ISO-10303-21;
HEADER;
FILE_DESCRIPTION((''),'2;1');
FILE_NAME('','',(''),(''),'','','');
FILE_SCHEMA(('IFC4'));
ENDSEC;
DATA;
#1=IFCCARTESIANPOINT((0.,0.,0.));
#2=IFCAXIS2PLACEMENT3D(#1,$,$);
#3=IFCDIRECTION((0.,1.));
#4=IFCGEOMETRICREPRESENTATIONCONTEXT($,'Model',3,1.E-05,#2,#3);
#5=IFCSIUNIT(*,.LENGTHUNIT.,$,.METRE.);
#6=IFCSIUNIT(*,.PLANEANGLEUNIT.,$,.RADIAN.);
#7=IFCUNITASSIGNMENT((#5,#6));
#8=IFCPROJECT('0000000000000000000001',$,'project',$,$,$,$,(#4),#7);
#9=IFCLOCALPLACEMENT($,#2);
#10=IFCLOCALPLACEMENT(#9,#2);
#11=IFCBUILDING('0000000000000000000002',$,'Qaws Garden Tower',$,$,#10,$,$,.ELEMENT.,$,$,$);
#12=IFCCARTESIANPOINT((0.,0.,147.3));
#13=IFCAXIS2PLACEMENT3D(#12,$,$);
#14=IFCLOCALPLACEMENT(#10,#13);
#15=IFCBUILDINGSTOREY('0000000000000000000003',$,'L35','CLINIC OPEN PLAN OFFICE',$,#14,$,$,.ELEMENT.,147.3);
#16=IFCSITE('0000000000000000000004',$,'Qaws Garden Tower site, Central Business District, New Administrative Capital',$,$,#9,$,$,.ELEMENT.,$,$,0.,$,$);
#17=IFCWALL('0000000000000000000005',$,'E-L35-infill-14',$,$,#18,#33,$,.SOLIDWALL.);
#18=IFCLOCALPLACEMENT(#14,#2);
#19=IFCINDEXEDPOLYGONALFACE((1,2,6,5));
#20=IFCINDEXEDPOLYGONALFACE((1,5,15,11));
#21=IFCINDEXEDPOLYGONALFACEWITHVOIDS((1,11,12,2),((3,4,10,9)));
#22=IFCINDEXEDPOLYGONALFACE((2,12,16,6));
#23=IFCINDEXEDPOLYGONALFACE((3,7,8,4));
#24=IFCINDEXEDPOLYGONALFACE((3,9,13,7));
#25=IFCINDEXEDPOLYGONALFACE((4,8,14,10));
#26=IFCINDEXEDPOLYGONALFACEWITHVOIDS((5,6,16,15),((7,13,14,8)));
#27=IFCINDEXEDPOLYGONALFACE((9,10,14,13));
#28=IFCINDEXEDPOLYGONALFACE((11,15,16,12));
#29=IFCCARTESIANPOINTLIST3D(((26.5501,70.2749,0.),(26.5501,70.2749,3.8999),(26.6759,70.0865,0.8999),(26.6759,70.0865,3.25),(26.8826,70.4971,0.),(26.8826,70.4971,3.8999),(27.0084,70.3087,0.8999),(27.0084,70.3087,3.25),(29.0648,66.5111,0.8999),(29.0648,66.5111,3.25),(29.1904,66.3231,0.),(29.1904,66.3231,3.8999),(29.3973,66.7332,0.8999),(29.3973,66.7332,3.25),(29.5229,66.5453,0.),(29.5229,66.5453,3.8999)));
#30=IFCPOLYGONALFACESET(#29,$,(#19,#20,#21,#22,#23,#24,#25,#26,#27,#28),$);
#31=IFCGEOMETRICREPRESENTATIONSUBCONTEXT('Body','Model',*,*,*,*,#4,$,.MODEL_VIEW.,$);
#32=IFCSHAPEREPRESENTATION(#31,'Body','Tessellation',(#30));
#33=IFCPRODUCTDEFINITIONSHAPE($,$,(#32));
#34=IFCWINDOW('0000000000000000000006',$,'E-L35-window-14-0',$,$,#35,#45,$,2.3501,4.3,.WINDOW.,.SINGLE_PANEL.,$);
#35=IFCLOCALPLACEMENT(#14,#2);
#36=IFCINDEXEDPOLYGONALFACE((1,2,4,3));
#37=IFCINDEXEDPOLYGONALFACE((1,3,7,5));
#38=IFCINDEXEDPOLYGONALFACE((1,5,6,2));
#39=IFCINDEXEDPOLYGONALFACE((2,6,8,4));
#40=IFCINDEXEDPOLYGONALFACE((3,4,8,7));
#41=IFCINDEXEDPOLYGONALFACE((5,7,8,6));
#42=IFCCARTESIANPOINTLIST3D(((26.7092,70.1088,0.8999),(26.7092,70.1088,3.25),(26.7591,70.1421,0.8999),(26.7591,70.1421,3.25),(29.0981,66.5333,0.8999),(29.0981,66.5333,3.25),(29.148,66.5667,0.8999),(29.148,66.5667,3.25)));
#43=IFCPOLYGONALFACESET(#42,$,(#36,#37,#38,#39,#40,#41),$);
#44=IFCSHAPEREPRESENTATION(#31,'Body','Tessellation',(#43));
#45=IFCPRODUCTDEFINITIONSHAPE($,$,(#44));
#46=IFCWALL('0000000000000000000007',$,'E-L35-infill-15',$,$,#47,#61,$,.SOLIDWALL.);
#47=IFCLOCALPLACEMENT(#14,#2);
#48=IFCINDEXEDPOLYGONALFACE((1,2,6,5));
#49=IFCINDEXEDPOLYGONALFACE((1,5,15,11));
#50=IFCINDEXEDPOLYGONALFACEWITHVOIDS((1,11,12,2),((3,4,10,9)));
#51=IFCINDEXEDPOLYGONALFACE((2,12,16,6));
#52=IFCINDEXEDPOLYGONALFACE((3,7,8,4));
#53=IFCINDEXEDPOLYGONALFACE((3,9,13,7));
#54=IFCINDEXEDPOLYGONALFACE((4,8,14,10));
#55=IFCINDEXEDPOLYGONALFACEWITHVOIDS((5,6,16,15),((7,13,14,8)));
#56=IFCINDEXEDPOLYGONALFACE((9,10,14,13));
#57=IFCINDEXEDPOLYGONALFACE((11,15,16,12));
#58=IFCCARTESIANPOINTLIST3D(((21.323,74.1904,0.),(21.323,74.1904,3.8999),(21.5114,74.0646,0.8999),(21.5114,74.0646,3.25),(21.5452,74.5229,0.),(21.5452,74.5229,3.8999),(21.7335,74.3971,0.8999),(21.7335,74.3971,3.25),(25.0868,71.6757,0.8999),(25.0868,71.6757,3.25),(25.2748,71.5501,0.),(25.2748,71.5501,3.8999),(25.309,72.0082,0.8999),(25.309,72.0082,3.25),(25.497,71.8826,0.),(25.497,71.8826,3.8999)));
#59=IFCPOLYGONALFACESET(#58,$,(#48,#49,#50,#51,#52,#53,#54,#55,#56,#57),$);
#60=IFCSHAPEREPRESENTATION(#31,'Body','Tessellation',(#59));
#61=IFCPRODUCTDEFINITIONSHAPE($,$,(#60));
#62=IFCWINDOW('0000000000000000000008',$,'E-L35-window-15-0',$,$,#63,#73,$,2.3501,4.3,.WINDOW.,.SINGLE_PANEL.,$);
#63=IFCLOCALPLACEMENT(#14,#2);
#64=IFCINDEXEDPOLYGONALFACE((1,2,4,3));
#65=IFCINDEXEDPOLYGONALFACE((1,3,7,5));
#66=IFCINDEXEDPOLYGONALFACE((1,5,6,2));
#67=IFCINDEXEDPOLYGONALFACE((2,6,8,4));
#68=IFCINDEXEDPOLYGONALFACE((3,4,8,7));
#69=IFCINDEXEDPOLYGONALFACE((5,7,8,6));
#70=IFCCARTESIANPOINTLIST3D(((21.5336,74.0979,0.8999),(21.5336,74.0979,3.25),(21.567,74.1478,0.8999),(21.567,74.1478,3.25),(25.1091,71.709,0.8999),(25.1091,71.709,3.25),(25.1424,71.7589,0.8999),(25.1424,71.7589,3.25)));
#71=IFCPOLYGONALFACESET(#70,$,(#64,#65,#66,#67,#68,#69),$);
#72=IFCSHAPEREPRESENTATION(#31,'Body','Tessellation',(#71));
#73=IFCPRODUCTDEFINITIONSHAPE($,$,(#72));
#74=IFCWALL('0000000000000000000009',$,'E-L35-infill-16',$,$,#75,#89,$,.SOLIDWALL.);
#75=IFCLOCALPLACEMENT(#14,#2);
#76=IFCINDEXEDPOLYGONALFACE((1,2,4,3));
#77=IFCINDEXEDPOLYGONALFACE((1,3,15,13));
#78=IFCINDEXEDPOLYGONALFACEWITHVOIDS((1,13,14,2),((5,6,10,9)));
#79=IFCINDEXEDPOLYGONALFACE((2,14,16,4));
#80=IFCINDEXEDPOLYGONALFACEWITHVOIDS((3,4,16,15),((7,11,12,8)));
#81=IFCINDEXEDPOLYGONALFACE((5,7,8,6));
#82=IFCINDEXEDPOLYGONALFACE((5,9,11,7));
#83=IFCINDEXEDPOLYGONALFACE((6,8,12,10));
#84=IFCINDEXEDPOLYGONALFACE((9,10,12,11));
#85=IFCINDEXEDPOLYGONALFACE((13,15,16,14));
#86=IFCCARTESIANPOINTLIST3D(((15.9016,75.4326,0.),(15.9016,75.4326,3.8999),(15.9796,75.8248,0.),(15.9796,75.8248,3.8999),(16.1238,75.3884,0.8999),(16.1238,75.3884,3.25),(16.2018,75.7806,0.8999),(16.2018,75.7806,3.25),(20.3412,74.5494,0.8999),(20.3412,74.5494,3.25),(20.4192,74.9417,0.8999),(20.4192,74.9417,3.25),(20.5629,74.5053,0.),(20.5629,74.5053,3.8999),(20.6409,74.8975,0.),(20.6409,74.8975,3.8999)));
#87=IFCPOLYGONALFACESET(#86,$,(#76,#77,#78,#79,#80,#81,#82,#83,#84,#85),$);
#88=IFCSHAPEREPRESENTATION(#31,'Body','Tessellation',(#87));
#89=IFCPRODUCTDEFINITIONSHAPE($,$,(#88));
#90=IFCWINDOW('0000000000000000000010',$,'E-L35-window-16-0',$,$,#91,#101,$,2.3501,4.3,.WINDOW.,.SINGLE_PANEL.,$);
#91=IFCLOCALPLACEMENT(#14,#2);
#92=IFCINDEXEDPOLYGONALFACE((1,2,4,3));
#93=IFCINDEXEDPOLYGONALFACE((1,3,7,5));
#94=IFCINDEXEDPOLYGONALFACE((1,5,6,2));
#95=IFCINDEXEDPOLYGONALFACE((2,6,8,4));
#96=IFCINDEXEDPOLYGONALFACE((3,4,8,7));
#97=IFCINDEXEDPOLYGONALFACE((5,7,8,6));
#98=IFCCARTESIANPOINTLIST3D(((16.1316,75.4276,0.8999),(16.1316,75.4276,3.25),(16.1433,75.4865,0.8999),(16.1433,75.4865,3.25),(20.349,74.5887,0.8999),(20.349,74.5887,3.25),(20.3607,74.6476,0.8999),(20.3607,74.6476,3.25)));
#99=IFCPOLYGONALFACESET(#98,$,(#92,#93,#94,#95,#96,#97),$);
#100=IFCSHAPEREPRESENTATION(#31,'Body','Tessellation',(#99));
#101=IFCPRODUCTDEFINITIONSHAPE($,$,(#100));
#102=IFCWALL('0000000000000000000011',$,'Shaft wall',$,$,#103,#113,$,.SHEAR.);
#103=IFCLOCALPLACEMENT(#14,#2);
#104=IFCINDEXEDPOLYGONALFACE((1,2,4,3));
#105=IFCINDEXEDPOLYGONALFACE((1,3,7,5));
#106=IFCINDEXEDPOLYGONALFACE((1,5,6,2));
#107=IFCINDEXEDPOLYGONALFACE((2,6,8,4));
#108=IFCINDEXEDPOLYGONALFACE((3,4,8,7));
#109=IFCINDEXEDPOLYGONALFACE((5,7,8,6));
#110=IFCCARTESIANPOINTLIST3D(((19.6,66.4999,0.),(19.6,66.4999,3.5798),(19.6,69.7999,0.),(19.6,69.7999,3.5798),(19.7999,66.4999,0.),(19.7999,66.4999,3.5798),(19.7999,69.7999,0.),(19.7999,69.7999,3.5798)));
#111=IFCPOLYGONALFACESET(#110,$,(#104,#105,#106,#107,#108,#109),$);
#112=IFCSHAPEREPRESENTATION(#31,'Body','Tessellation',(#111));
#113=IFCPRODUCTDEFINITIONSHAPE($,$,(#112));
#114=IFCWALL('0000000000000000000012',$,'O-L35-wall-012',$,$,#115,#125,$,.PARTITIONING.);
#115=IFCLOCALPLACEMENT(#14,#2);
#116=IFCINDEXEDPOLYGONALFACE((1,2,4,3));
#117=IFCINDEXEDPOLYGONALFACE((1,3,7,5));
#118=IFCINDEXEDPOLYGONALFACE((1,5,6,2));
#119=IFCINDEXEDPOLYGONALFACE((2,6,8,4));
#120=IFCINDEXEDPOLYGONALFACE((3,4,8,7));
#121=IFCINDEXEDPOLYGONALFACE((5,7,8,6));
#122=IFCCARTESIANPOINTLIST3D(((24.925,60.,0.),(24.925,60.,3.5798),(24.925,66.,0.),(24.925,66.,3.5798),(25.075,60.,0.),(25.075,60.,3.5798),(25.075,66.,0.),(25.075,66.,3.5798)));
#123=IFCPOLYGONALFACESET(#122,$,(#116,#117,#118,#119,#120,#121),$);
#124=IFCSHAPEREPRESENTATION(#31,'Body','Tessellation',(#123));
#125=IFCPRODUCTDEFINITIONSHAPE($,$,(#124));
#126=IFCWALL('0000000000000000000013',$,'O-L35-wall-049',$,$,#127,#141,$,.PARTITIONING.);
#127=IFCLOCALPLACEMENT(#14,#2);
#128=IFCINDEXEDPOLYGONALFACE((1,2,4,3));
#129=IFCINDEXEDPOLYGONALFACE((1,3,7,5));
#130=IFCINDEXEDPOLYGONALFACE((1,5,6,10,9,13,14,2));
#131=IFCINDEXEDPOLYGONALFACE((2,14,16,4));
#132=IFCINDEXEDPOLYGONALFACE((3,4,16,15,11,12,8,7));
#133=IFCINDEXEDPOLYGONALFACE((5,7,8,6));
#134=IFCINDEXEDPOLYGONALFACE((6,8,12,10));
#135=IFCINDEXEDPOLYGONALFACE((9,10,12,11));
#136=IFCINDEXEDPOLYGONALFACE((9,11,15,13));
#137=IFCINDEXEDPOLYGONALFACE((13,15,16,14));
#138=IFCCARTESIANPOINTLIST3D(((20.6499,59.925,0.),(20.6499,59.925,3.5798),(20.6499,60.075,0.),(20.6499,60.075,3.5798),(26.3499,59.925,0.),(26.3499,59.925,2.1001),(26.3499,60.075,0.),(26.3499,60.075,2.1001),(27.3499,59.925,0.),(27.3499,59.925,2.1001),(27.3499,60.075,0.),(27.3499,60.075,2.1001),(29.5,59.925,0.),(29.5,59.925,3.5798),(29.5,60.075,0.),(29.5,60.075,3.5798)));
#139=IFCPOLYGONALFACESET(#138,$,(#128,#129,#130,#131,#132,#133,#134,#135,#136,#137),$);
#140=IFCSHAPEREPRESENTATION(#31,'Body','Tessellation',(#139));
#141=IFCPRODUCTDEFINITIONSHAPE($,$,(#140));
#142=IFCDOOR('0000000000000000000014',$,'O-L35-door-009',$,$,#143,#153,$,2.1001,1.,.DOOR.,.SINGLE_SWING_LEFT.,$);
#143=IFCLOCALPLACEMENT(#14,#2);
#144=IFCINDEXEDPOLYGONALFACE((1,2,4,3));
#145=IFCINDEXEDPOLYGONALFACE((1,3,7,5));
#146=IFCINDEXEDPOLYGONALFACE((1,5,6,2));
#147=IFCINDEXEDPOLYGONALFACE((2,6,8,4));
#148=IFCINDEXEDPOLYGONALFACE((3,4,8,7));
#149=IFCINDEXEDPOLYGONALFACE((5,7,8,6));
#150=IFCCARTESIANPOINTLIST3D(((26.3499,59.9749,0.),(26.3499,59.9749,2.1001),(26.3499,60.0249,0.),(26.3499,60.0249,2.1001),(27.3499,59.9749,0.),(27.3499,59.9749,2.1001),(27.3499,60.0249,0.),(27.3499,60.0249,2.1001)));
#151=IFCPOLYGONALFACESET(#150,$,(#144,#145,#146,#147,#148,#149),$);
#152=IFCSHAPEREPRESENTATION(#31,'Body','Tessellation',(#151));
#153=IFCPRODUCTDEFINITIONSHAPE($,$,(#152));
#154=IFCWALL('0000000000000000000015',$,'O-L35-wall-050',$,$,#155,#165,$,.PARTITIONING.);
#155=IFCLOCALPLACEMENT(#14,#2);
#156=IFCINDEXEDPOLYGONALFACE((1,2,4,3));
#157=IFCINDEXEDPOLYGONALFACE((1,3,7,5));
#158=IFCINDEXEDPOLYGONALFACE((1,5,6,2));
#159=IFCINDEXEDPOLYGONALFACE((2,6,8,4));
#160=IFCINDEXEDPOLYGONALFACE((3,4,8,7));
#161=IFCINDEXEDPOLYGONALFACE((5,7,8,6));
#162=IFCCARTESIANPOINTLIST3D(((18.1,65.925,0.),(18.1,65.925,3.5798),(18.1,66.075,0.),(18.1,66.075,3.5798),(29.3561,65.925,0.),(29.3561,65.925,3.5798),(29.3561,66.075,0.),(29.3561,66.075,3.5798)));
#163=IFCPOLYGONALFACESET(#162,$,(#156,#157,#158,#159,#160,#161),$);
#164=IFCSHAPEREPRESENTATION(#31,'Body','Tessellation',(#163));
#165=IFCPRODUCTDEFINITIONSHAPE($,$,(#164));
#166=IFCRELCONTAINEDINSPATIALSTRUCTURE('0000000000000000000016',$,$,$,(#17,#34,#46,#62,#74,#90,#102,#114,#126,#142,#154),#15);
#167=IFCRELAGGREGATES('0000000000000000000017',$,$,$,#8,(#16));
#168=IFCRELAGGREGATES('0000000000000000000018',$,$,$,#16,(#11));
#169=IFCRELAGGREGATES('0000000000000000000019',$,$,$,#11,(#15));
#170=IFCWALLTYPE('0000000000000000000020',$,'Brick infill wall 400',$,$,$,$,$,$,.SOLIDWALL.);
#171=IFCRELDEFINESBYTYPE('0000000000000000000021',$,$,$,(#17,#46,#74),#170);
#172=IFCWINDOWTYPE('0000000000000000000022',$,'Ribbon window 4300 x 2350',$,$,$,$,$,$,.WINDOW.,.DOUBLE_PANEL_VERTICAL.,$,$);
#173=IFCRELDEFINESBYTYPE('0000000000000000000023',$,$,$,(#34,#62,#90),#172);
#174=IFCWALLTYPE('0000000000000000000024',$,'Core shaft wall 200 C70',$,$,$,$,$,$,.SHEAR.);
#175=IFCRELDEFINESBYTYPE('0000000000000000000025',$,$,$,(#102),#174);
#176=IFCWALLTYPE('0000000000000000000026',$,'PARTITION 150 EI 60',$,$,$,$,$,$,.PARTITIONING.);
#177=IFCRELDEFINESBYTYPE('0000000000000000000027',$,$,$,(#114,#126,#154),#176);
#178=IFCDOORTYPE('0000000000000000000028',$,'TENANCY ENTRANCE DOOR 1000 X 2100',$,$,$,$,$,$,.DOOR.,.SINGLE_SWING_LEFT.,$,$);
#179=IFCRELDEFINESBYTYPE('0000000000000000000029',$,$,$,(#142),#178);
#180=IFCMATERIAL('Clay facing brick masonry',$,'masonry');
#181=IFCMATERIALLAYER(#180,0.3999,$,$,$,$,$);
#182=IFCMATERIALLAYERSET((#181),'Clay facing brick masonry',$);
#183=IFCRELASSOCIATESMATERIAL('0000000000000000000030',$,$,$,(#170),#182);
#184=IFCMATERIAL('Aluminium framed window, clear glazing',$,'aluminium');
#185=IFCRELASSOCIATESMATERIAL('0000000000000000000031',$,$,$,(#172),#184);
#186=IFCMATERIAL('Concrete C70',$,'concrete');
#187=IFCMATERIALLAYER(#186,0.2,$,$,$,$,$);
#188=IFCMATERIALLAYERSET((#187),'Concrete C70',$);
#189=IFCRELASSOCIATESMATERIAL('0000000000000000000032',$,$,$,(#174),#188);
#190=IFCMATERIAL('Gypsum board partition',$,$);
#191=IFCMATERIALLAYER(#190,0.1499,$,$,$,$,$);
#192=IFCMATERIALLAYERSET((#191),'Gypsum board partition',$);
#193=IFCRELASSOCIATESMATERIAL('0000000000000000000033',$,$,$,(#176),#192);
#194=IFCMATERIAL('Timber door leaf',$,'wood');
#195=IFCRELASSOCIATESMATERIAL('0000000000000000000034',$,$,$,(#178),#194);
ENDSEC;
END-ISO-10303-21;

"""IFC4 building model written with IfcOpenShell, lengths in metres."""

from ifc_helpers import new_model, si_unit, direction, frame, frame_2d, origin, place, context, subcontext, project, spatial, rectangle, extrude, material, layer, layer_set, type_object, element, fill, save


model = new_model("IFC4")

# Units and contexts
model_context = context("Model", 3, precision=1e-05, world=origin(), true_north=direction((0.0, 1.0)))
body_context = subcontext(model_context, "Body", "Model", "MODEL_VIEW")
ifc_project = project(units=[si_unit("LENGTHUNIT", "METRE"), si_unit("PLANEANGLEUNIT", "RADIAN")], contexts=[model_context])

# Site, building, storey
site_placement = place(None, origin())
site = spatial("IfcSite", under=ifc_project, at=site_placement, Name="Qaws Garden Tower site, Central Business District, New Administrative Capital", CompositionType="ELEMENT", RefElevation=0.0)
building_placement = place(site_placement, origin())
building = spatial("IfcBuilding", under=site, at=building_placement, Name="Qaws Garden Tower", CompositionType="ELEMENT")
storey_placement = place(building_placement, frame((0.0, 0.0, 147.3)))
storey = spatial("IfcBuildingStorey", under=building, at=storey_placement, Name="L35", Description="CLINIC OPEN PLAN OFFICE", CompositionType="ELEMENT", Elevation=147.3)

# Walls, openings, windows
ifc_material_1 = material(Name="Clay facing brick masonry", Category="masonry")
ifc_layer_1 = layer(ifc_material_1, 0.3999)
ifc_layer_set_1 = layer_set([ifc_layer_1], Name="Clay facing brick masonry")
wall_type_1 = type_object("IfcWallType", Name="Brick infill wall 400", PredefinedType="SOLIDWALL", material=ifc_layer_set_1)
ifc_material_2 = material(Name="Aluminium framed window, clear glazing", Category="aluminium")
window_type = type_object("IfcWindowType", Name="Ribbon window 4300 x 2350", PartitioningType="DOUBLE_PANEL_VERTICAL", PredefinedType="WINDOW", material=ifc_material_2)
wall_1_placement = place(storey_placement, frame((29.3567, 66.4341, 0.0), z_axis=(0.0, 0.0, 1.0), x_axis=(-0.555542, 0.831489, 0.0)))
wall_1 = element("IfcWall", 1, at=wall_1_placement, inside=storey, type_object=wall_type_1, Name="E-L35-infill-14", PredefinedType="SOLIDWALL", context=body_context, shape_type="SweptSolid", body=[
    extrude(rectangle(XDim=4.7527, YDim=0.3999, at=frame_2d((2.3765, 0.0))), origin(), (0.0, 0.0, 1.0), 3.8999),
])
opening_1_placement = place(wall_1_placement, frame((0.2263, 0.0, 0.8999)))
opening_1 = element("IfcOpeningElement", 2, at=opening_1_placement, cuts=wall_1, PredefinedType="OPENING", context=body_context, shape_type="SweptSolid", body=[
    extrude(rectangle(XDim=4.3, YDim=2.3501, at=frame_2d((2.1499, 1.175))), frame((0.0, 0.21, 0.0), z_axis=(0.0, -1.0, 0.0), x_axis=(1.0, 0.0, 0.0)), (0.0, 0.0, 1.0), 0.4199),
])
window_1_placement = place(opening_1_placement, origin())
window_1 = element("IfcWindow", 3, at=window_1_placement, inside=storey, type_object=window_type, Name="E-L35-window-14-0", OverallHeight=2.3501, OverallWidth=4.3, PartitioningType="SINGLE_PANEL", PredefinedType="WINDOW", context=body_context, shape_type="SweptSolid", body=[
    extrude(rectangle(XDim=4.3, YDim=2.3501, at=frame_2d((2.1499, 1.175))), frame((0.0, 0.1599, 0.0), z_axis=(0.0, -1.0, 0.0), x_axis=(1.0, 0.0, 0.0)), (0.0, 0.0, 1.0), 0.0601),
])
fill(opening_1, window_1)
wall_2_placement = place(storey_placement, frame((25.386, 71.7163, 0.0), z_axis=(0.0, 0.0, 1.0), x_axis=(-0.831489, 0.555542, 0.0)))
wall_2 = element("IfcWall", 4, at=wall_2_placement, inside=storey, type_object=wall_type_1, Name="E-L35-infill-15", PredefinedType="SOLIDWALL", context=body_context, shape_type="SweptSolid", body=[
    extrude(rectangle(XDim=4.7527, YDim=0.3999, at=frame_2d((2.3765, 0.0))), origin(), (0.0, 0.0, 1.0), 3.8999),
])
opening_2_placement = place(wall_2_placement, frame((0.2263, 0.0, 0.8999)))
opening_2 = element("IfcOpeningElement", 5, at=opening_2_placement, cuts=wall_2, PredefinedType="OPENING", context=body_context, shape_type="SweptSolid", body=[
    extrude(rectangle(XDim=4.3, YDim=2.3501, at=frame_2d((2.1499, 1.175))), frame((0.0, 0.21, 0.0), z_axis=(0.0, -1.0, 0.0), x_axis=(1.0, 0.0, 0.0)), (0.0, 0.0, 1.0), 0.4199),
])
window_2_placement = place(opening_2_placement, origin())
window_2 = element("IfcWindow", 6, at=window_2_placement, inside=storey, type_object=window_type, Name="E-L35-window-15-0", OverallHeight=2.3501, OverallWidth=4.3, PartitioningType="SINGLE_PANEL", PredefinedType="WINDOW", context=body_context, shape_type="SweptSolid", body=[
    extrude(rectangle(XDim=4.3, YDim=2.3501, at=frame_2d((2.1499, 1.175))), frame((0.0, 0.1599, 0.0), z_axis=(0.0, -1.0, 0.0), x_axis=(1.0, 0.0, 0.0)), (0.0, 0.0, 1.0), 0.0601),
])
fill(opening_2, window_2)
wall_3_placement = place(storey_placement, frame((20.6021, 74.7014, 0.0), z_axis=(0.0, 0.0, 1.0), x_axis=(-0.980784, 0.195099, 0.0)))
wall_3 = element("IfcWall", 7, at=wall_3_placement, inside=storey, type_object=wall_type_1, Name="E-L35-infill-16", PredefinedType="SOLIDWALL", context=body_context, shape_type="SweptSolid", body=[
    extrude(rectangle(XDim=4.7527, YDim=0.3999, at=frame_2d((2.3765, 0.0))), origin(), (0.0, 0.0, 1.0), 3.8999),
])
opening_3_placement = place(wall_3_placement, frame((0.2263, 0.0, 0.8999)))
opening_3 = element("IfcOpeningElement", 8, at=opening_3_placement, cuts=wall_3, PredefinedType="OPENING", context=body_context, shape_type="SweptSolid", body=[
    extrude(rectangle(XDim=4.3, YDim=2.3501, at=frame_2d((2.1499, 1.175))), frame((0.0, 0.21, 0.0), z_axis=(0.0, -1.0, 0.0), x_axis=(1.0, 0.0, 0.0)), (0.0, 0.0, 1.0), 0.4199),
])
window_3_placement = place(opening_3_placement, origin())
window_3 = element("IfcWindow", 9, at=window_3_placement, inside=storey, type_object=window_type, Name="E-L35-window-16-0", OverallHeight=2.3501, OverallWidth=4.3, PartitioningType="SINGLE_PANEL", PredefinedType="WINDOW", context=body_context, shape_type="SweptSolid", body=[
    extrude(rectangle(XDim=4.3, YDim=2.3501, at=frame_2d((2.1499, 1.175))), frame((0.0, 0.1599, 0.0), z_axis=(0.0, -1.0, 0.0), x_axis=(1.0, 0.0, 0.0)), (0.0, 0.0, 1.0), 0.0601),
])
fill(opening_3, window_3)

# Walls
ifc_material_3 = material(Name="Concrete C70", Category="concrete")
ifc_layer_2 = layer(ifc_material_3, 0.2)
ifc_layer_set_2 = layer_set([ifc_layer_2], Name="Concrete C70")
wall_type_2 = type_object("IfcWallType", Name="Core shaft wall 200 C70", PredefinedType="SHEAR", material=ifc_layer_set_2)
wall_4_placement = place(storey_placement, frame((19.7, 66.5, 0.0), z_axis=(0.0, 0.0, 1.0), x_axis=(0.0, 1.0, 0.0)))
element("IfcWall", 10, at=wall_4_placement, inside=storey, type_object=wall_type_2, Name="Shaft wall", PredefinedType="SHEAR", context=body_context, shape_type="SweptSolid", body=[
    extrude(rectangle(XDim=3.3, YDim=0.2, at=frame_2d((1.6499, 0.0))), origin(), (0.0, 0.0, 1.0), 3.5798),
])
ifc_material_4 = material(Name="Gypsum board partition")
ifc_layer_3 = layer(ifc_material_4, 0.1499)
ifc_layer_set_3 = layer_set([ifc_layer_3], Name="Gypsum board partition")
wall_type_3 = type_object("IfcWallType", Name="PARTITION 150 EI 60", PredefinedType="PARTITIONING", material=ifc_layer_set_3)
wall_5_placement = place(storey_placement, frame((25.0, 60.0, 0.0), z_axis=(0.0, 0.0, 1.0), x_axis=(0.0, 1.0, 0.0)))
element("IfcWall", 11, at=wall_5_placement, inside=storey, type_object=wall_type_3, Name="O-L35-wall-012", PredefinedType="PARTITIONING", context=body_context, shape_type="SweptSolid", body=[
    extrude(rectangle(XDim=6.0, YDim=0.1499, at=frame_2d((3.0, 0.0))), origin(), (0.0, 0.0, 1.0), 3.5798),
])

# Wall, opening, door
wall_6_placement = place(storey_placement, frame((20.6499, 60.0, 0.0), z_axis=(0.0, 0.0, 1.0), x_axis=(1.0, 0.0, 0.0)))
wall_6 = element("IfcWall", 12, at=wall_6_placement, inside=storey, type_object=wall_type_3, Name="O-L35-wall-049", PredefinedType="PARTITIONING", context=body_context, shape_type="SweptSolid", body=[
    extrude(rectangle(XDim=8.8501, YDim=0.1499, at=frame_2d((4.425, 0.0))), origin(), (0.0, 0.0, 1.0), 3.5798),
])
opening_4_placement = place(wall_6_placement, frame((5.7, 0.0, 0.0)))
opening_4 = element("IfcOpeningElement", 13, at=opening_4_placement, cuts=wall_6, PredefinedType="OPENING", context=body_context, shape_type="SweptSolid", body=[
    extrude(rectangle(XDim=1.0, YDim=2.1001, at=frame_2d((0.5, 1.05))), frame((0.0, 0.085, 0.0), z_axis=(0.0, -1.0, 0.0), x_axis=(1.0, 0.0, 0.0)), (0.0, 0.0, 1.0), 0.1699),
])
ifc_material_5 = material(Name="Timber door leaf", Category="wood")
door_type = type_object("IfcDoorType", Name="TENANCY ENTRANCE DOOR 1000 X 2100", OperationType="SINGLE_SWING_LEFT", PredefinedType="DOOR", material=ifc_material_5)
door_placement = place(opening_4_placement, origin())
door = element("IfcDoor", 14, at=door_placement, inside=storey, type_object=door_type, Name="O-L35-door-009", OperationType="SINGLE_SWING_LEFT", OverallHeight=2.1001, OverallWidth=1.0, PredefinedType="DOOR", context=body_context, shape_type="SweptSolid", body=[
    extrude(rectangle(XDim=1.0, YDim=2.1001, at=frame_2d((0.5, 1.05))), frame((0.0, 0.0249, 0.0), z_axis=(0.0, -1.0, 0.0), x_axis=(1.0, 0.0, 0.0)), (0.0, 0.0, 1.0), 0.05),
])
fill(opening_4, door)

# Wall
wall_7_placement = place(storey_placement, frame((18.1001, 66.0, 0.0), z_axis=(0.0, 0.0, 1.0), x_axis=(1.0, 0.0, 0.0)))
element("IfcWall", 15, at=wall_7_placement, inside=storey, type_object=wall_type_3, Name="O-L35-wall-050", PredefinedType="PARTITIONING", context=body_context, shape_type="SweptSolid", body=[
    extrude(rectangle(XDim=11.2561, YDim=0.1499, at=frame_2d((5.6279, 0.0))), origin(), (0.0, 0.0, 1.0), 3.5798),
])

save(model, "model.ifc")
